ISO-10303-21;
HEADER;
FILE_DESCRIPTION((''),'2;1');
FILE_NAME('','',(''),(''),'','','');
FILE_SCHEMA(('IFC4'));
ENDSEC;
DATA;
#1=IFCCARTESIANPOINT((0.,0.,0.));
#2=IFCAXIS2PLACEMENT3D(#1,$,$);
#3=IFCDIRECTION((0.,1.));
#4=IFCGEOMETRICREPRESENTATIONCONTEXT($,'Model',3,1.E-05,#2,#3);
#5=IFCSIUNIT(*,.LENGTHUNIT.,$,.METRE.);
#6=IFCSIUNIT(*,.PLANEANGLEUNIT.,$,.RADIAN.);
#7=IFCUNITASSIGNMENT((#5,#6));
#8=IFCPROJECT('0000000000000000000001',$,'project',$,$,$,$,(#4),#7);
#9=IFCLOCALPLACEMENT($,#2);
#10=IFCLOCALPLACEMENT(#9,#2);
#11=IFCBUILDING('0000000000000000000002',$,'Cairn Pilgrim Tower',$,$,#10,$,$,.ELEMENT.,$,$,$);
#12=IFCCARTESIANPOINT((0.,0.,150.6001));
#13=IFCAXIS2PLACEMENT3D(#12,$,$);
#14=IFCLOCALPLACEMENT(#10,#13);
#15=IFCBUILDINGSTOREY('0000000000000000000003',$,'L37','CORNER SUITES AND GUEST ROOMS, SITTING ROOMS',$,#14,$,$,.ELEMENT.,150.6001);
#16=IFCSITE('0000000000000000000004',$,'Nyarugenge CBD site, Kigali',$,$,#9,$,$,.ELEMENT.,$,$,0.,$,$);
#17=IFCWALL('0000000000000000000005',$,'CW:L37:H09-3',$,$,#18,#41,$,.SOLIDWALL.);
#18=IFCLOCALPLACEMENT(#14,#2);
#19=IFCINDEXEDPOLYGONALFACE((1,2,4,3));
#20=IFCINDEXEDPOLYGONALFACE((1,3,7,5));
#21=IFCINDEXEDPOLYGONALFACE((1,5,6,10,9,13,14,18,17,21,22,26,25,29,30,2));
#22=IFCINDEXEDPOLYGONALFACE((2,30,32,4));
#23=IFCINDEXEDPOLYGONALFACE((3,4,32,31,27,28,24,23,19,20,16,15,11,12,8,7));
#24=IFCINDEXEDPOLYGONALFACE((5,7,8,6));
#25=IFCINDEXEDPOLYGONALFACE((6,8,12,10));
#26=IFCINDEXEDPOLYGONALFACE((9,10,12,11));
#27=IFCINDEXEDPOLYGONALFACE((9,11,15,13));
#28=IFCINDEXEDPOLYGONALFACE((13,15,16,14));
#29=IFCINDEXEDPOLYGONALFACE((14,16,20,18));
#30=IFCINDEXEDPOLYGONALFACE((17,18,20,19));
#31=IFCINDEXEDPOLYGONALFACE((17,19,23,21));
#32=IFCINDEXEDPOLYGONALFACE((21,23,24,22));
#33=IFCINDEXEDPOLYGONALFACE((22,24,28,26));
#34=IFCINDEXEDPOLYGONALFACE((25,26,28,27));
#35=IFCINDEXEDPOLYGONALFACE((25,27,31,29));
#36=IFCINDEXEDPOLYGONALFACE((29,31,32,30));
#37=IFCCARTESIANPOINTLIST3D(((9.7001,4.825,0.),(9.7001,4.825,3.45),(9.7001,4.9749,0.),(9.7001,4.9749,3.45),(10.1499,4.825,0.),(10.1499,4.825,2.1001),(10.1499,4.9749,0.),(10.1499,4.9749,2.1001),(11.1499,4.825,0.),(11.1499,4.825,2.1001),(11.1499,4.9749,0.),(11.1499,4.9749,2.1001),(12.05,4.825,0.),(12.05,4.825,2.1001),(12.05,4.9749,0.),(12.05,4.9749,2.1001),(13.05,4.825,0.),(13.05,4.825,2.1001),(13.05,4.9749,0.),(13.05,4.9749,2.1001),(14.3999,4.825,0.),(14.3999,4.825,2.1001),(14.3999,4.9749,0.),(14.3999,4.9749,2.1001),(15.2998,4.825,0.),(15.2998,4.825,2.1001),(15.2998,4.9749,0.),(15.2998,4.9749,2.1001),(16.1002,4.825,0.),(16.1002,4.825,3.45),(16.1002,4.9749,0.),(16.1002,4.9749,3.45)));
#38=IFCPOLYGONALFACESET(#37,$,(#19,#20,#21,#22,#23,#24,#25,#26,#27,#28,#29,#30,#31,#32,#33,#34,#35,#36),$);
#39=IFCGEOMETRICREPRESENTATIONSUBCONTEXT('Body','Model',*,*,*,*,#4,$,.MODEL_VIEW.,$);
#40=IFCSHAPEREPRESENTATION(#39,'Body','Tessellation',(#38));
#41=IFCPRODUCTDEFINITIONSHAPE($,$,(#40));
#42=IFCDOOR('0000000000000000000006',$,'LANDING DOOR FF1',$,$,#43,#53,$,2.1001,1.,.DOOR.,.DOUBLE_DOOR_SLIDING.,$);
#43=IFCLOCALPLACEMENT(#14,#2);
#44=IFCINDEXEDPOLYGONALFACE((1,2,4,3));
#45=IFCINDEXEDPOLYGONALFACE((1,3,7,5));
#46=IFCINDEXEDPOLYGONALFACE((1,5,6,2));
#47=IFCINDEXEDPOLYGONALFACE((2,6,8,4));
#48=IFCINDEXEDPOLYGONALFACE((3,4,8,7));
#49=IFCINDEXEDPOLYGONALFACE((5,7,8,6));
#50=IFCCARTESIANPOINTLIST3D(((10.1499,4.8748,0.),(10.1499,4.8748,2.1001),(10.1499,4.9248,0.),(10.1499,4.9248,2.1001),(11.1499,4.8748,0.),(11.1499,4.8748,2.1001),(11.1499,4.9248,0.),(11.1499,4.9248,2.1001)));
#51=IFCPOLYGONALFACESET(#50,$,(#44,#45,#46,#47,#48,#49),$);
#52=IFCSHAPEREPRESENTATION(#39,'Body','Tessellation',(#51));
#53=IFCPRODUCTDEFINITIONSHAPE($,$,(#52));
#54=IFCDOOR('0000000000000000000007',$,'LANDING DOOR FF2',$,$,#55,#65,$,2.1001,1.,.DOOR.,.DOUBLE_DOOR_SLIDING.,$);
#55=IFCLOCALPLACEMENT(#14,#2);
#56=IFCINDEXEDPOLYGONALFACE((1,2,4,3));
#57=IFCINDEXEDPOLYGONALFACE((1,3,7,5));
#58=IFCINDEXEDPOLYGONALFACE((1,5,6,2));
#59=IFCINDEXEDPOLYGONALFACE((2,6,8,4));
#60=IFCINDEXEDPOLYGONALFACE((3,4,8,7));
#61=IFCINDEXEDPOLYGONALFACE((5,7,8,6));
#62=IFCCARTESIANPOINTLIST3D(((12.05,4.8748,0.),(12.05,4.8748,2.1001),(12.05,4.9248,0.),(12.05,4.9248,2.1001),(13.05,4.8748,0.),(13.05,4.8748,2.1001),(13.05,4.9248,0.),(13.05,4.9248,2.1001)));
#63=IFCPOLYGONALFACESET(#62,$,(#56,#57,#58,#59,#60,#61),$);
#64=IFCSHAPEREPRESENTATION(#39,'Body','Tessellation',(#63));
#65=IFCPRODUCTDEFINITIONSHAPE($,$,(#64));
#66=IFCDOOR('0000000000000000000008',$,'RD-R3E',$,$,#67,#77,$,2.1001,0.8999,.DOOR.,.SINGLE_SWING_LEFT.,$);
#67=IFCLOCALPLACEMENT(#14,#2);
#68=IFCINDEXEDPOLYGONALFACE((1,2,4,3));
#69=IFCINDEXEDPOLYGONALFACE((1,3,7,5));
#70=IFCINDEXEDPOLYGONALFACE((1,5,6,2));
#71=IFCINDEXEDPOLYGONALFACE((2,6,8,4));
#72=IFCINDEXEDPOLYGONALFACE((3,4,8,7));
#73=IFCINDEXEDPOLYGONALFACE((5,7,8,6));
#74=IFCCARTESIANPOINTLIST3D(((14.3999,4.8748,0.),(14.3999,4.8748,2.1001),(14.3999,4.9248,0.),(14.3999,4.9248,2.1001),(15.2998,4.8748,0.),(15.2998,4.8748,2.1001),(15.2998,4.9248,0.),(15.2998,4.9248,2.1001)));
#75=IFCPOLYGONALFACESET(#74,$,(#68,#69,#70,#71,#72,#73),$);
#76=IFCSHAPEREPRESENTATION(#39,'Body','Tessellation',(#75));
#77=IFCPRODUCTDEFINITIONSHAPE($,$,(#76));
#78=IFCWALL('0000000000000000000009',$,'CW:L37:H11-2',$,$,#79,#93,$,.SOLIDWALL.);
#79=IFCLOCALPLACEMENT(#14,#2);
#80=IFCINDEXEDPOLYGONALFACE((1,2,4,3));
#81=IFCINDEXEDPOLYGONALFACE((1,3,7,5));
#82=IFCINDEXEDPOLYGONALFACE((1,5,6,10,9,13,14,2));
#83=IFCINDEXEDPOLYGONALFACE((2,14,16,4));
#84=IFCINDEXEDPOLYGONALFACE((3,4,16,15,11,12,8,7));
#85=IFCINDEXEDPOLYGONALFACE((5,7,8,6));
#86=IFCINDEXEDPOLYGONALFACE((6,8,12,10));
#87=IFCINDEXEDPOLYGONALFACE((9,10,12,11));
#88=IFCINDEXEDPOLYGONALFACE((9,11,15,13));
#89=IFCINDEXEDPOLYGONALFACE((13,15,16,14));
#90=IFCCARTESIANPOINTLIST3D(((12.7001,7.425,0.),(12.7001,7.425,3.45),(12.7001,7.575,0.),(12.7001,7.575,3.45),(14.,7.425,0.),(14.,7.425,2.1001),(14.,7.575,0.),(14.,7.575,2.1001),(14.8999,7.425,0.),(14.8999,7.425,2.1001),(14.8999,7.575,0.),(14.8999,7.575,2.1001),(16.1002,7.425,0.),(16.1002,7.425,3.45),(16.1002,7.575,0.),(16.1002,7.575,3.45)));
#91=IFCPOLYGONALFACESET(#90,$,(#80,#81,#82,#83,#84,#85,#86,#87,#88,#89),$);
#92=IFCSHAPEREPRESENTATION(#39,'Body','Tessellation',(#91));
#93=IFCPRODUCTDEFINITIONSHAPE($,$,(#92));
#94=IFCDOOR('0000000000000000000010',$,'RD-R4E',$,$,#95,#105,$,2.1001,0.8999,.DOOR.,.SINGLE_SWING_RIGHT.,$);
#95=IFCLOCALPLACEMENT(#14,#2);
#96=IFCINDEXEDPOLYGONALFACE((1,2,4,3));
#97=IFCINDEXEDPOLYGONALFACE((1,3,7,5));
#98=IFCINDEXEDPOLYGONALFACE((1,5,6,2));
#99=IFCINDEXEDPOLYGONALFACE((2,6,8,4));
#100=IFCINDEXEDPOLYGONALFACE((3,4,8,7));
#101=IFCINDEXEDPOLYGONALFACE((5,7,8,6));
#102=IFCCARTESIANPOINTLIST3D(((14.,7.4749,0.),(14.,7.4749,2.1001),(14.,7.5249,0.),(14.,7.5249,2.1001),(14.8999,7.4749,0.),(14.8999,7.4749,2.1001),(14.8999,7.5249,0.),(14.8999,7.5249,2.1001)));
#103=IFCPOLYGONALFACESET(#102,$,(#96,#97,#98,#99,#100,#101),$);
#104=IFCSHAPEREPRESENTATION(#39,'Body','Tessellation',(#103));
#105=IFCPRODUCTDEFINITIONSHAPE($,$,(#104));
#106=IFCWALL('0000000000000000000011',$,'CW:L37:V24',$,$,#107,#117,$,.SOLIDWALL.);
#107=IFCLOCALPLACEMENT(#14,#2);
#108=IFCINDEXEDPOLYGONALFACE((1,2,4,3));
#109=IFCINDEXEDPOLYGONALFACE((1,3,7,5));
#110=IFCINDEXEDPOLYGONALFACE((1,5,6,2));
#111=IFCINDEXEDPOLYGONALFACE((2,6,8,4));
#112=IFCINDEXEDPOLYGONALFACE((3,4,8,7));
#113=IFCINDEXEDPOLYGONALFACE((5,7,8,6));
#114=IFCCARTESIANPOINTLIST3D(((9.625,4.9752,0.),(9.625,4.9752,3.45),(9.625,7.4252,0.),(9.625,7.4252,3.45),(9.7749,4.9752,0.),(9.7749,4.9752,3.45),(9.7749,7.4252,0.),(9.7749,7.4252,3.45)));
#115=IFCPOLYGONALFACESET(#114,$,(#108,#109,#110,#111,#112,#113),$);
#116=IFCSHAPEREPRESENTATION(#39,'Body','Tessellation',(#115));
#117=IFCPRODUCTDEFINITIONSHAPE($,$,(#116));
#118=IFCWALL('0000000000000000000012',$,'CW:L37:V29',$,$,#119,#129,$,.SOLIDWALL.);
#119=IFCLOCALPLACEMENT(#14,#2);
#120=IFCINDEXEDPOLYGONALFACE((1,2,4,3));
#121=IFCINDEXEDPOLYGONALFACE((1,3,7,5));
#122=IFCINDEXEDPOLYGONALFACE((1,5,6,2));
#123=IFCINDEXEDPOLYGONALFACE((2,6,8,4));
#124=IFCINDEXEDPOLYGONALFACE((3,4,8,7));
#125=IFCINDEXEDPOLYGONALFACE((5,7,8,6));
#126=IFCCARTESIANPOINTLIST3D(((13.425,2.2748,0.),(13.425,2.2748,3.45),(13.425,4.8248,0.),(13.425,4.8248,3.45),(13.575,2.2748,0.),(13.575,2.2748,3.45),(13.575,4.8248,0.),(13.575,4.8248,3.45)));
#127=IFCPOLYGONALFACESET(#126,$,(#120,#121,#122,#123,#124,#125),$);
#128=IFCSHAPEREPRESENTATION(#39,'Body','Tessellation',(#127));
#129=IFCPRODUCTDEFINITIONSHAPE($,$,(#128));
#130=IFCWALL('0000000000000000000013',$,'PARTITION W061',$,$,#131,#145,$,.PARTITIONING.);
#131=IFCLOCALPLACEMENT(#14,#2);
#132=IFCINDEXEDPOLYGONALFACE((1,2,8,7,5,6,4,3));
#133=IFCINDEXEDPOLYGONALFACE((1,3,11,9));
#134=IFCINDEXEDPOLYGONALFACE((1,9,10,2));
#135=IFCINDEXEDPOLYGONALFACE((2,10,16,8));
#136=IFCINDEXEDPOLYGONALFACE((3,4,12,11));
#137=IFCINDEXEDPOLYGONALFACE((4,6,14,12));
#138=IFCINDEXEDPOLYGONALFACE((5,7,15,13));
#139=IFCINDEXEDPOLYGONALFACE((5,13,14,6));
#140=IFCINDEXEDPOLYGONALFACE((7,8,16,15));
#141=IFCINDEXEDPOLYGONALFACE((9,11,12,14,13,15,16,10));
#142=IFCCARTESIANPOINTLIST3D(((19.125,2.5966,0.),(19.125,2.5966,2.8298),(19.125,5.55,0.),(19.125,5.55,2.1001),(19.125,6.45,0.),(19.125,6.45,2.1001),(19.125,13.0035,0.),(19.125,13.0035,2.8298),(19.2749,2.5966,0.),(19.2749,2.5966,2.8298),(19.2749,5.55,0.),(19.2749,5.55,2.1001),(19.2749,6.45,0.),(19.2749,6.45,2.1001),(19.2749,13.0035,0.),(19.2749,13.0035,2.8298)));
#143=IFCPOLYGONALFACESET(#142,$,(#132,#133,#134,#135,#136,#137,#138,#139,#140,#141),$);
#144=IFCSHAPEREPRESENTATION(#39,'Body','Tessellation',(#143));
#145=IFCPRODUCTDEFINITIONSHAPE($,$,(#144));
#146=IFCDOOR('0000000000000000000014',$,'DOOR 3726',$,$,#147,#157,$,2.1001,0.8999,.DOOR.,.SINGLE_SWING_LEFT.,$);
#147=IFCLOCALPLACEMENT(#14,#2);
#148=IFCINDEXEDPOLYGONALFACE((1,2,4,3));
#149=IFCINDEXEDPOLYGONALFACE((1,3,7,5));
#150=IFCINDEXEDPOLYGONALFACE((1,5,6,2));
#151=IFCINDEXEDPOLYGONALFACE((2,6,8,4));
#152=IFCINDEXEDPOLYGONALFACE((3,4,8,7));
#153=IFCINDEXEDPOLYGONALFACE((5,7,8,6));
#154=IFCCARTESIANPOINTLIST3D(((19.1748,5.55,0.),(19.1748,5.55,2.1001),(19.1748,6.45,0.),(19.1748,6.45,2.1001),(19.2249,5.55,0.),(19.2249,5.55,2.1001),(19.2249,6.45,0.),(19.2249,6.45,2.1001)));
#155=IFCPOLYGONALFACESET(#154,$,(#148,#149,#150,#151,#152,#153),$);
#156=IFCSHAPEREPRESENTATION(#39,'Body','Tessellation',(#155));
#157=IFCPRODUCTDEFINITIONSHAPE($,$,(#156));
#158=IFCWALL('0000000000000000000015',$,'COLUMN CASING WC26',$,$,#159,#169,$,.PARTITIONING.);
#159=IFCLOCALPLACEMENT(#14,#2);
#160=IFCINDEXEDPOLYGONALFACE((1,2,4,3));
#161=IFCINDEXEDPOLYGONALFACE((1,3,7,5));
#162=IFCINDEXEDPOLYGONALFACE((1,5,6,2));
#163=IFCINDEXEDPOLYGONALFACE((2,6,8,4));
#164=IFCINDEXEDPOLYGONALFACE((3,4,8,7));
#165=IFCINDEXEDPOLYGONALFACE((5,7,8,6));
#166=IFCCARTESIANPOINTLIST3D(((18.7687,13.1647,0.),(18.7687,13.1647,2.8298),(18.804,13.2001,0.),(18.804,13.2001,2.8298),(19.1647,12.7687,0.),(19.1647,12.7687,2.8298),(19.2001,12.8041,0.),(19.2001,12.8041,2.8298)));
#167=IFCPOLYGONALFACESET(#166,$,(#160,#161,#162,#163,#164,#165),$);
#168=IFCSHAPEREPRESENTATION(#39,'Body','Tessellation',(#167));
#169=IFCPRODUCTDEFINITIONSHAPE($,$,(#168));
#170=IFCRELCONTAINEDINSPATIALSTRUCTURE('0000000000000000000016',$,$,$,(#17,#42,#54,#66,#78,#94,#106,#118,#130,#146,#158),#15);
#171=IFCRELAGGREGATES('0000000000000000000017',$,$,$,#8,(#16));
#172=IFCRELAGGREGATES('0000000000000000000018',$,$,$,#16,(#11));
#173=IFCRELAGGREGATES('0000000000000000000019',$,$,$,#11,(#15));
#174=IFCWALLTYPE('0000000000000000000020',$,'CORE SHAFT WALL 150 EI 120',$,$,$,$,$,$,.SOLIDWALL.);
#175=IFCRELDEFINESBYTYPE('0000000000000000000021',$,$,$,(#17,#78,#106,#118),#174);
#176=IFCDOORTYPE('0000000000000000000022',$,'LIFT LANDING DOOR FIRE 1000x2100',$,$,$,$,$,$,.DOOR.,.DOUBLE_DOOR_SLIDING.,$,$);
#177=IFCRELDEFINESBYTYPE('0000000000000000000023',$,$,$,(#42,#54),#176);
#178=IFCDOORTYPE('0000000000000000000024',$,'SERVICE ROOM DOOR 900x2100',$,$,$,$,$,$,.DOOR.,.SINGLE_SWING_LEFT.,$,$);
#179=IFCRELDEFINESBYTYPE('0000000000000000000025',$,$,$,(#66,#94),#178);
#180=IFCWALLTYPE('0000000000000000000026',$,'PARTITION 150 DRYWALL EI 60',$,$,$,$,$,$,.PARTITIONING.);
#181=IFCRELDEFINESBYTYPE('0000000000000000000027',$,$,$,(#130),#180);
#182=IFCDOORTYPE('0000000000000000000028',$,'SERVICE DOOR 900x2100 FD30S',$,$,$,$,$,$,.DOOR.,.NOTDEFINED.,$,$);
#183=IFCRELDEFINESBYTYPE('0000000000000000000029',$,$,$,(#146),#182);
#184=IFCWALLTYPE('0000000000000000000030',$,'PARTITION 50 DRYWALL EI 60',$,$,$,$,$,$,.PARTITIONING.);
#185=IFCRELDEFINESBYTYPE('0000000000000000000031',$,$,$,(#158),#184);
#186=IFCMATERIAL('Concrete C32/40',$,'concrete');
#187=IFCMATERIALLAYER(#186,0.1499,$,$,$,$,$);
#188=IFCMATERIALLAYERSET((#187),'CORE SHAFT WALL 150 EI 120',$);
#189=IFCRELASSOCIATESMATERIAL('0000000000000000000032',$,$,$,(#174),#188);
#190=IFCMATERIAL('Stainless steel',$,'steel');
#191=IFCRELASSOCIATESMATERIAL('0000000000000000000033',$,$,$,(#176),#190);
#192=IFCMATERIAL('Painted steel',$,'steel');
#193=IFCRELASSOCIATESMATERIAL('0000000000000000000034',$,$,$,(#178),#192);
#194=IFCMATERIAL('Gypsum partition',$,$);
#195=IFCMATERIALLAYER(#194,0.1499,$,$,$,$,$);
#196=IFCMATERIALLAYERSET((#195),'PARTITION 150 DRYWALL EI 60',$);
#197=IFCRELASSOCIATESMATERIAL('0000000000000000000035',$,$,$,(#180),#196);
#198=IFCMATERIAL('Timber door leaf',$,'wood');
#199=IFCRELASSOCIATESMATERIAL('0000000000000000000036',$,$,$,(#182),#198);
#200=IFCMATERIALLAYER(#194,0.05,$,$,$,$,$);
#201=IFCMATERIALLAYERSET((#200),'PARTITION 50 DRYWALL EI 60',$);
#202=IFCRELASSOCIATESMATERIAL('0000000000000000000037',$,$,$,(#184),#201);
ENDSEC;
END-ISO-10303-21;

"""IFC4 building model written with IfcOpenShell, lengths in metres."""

from ifc_helpers import new_model, si_unit, direction, frame, frame_2d, origin, place, context, subcontext, project, spatial, rectangle, extrude, material, layer, layer_set, type_object, element, fill, save


model = new_model("IFC4")

# Units and contexts
model_context = context("Model", 3, precision=1e-05, world=origin(), true_north=direction((0.0, 1.0)))
body_context = subcontext(model_context, "Body", "Model", "MODEL_VIEW")
ifc_project = project(units=[si_unit("LENGTHUNIT", "METRE"), si_unit("PLANEANGLEUNIT", "RADIAN")], contexts=[model_context])

# Site, building, storey
site_placement = place(None, origin())
site = spatial("IfcSite", under=ifc_project, at=site_placement, Name="Nyarugenge CBD site, Kigali", CompositionType="ELEMENT", RefElevation=0.0)
building_placement = place(site_placement, origin())
building = spatial("IfcBuilding", under=site, at=building_placement, Name="Cairn Pilgrim Tower", CompositionType="ELEMENT")
storey_placement = place(building_placement, frame((0.0, 0.0, 150.6001)))
storey = spatial("IfcBuildingStorey", under=building, at=storey_placement, Name="L37", Description="CORNER SUITES AND GUEST ROOMS, SITTING ROOMS", CompositionType="ELEMENT", Elevation=150.6001)

# Shared definitions
ifc_material_1 = material(Name="Concrete C32/40", Category="concrete")

# Wall, openings, doors
ifc_layer_1 = layer(ifc_material_1, 0.1499)
ifc_layer_set_1 = layer_set([ifc_layer_1], Name="CORE SHAFT WALL 150 EI 120")
wall_type_1 = type_object("IfcWallType", Name="CORE SHAFT WALL 150 EI 120", PredefinedType="SOLIDWALL", material=ifc_layer_set_1)
wall_1_placement = place(storey_placement, frame((9.7, 4.8999, 0.0), z_axis=(0.0, 0.0, 1.0), x_axis=(1.0, 0.0, 0.0)))
wall_1 = element("IfcWall", 1, at=wall_1_placement, inside=storey, type_object=wall_type_1, Name="CW:L37:H09-3", PredefinedType="SOLIDWALL", context=body_context, shape_type="SweptSolid", body=[
    extrude(rectangle(XDim=6.4001, YDim=0.1499, at=frame_2d((3.2002, 0.0))), origin(), (0.0, 0.0, 1.0), 3.45),
])
opening_1_placement = place(wall_1_placement, frame((0.45, 0.0, 0.0)))
opening_1 = element("IfcOpeningElement", 2, at=opening_1_placement, cuts=wall_1, PredefinedType="OPENING", context=body_context, shape_type="SweptSolid", body=[
    extrude(rectangle(XDim=1.0, YDim=2.1001, at=frame_2d((0.5, 1.05))), frame((0.0, 0.085, 0.0), z_axis=(0.0, -1.0, 0.0), x_axis=(1.0, 0.0, 0.0)), (0.0, 0.0, 1.0), 0.1699),
])
opening_2_placement = place(wall_1_placement, frame((2.3501, 0.0, 0.0)))
opening_2 = element("IfcOpeningElement", 3, at=opening_2_placement, cuts=wall_1, PredefinedType="OPENING", context=body_context, shape_type="SweptSolid", body=[
    extrude(rectangle(XDim=1.0, YDim=2.1001, at=frame_2d((0.5, 1.05))), frame((0.0, 0.085, 0.0), z_axis=(0.0, -1.0, 0.0), x_axis=(1.0, 0.0, 0.0)), (0.0, 0.0, 1.0), 0.1699),
])
opening_3_placement = place(wall_1_placement, frame((4.7, 0.0, 0.0)))
opening_3 = element("IfcOpeningElement", 4, at=opening_3_placement, cuts=wall_1, PredefinedType="OPENING", context=body_context, shape_type="SweptSolid", body=[
    extrude(rectangle(XDim=0.8999, YDim=2.1001, at=frame_2d((0.45, 1.05))), frame((0.0, 0.085, 0.0), z_axis=(0.0, -1.0, 0.0), x_axis=(1.0, 0.0, 0.0)), (0.0, 0.0, 1.0), 0.1699),
])
ifc_material_2 = material(Name="Stainless steel", Category="steel")
door_type_1 = type_object("IfcDoorType", Name="LIFT LANDING DOOR FIRE 1000x2100", OperationType="DOUBLE_DOOR_SLIDING", PredefinedType="DOOR", material=ifc_material_2)
door_1_placement = place(opening_1_placement, origin())
door_1 = element("IfcDoor", 5, at=door_1_placement, inside=storey, type_object=door_type_1, Name="LANDING DOOR FF1", OperationType="DOUBLE_DOOR_SLIDING", OverallHeight=2.1001, OverallWidth=1.0, PredefinedType="DOOR", context=body_context, shape_type="SweptSolid", body=[
    extrude(rectangle(XDim=1.0, YDim=2.1001, at=frame_2d((0.5, 1.05))), frame((0.0, 0.0249, 0.0), z_axis=(0.0, -1.0, 0.0), x_axis=(1.0, 0.0, 0.0)), (0.0, 0.0, 1.0), 0.05),
])
fill(opening_1, door_1)
door_2_placement = place(opening_2_placement, origin())
door_2 = element("IfcDoor", 6, at=door_2_placement, inside=storey, type_object=door_type_1, Name="LANDING DOOR FF2", OperationType="DOUBLE_DOOR_SLIDING", OverallHeight=2.1001, OverallWidth=1.0, PredefinedType="DOOR", context=body_context, shape_type="SweptSolid", body=[
    extrude(rectangle(XDim=1.0, YDim=2.1001, at=frame_2d((0.5, 1.05))), frame((0.0, 0.0249, 0.0), z_axis=(0.0, -1.0, 0.0), x_axis=(1.0, 0.0, 0.0)), (0.0, 0.0, 1.0), 0.05),
])
fill(opening_2, door_2)
ifc_material_3 = material(Name="Painted steel", Category="steel")
door_type_2 = type_object("IfcDoorType", Name="SERVICE ROOM DOOR 900x2100", OperationType="SINGLE_SWING_LEFT", PredefinedType="DOOR", material=ifc_material_3)
door_3_placement = place(opening_3_placement, origin())
door_3 = element("IfcDoor", 7, at=door_3_placement, inside=storey, type_object=door_type_2, Name="RD-R3E", OperationType="SINGLE_SWING_LEFT", OverallHeight=2.1001, OverallWidth=0.8999, PredefinedType="DOOR", context=body_context, shape_type="SweptSolid", body=[
    extrude(rectangle(XDim=0.8999, YDim=2.1001, at=frame_2d((0.45, 1.05))), frame((0.0, 0.0249, 0.0), z_axis=(0.0, -1.0, 0.0), x_axis=(1.0, 0.0, 0.0)), (0.0, 0.0, 1.0), 0.05),
])
fill(opening_3, door_3)

# Wall, opening, door
wall_2_placement = place(storey_placement, frame((12.7, 7.5, 0.0), z_axis=(0.0, 0.0, 1.0), x_axis=(1.0, 0.0, 0.0)))
wall_2 = element("IfcWall", 8, at=wall_2_placement, inside=storey, type_object=wall_type_1, Name="CW:L37:H11-2", PredefinedType="SOLIDWALL", context=body_context, shape_type="SweptSolid", body=[
    extrude(rectangle(XDim=3.4001, YDim=0.1499, at=frame_2d((1.7002, 0.0))), origin(), (0.0, 0.0, 1.0), 3.45),
])
opening_4_placement = place(wall_2_placement, frame((1.3, 0.0, 0.0)))
opening_4 = element("IfcOpeningElement", 9, at=opening_4_placement, cuts=wall_2, PredefinedType="OPENING", context=body_context, shape_type="SweptSolid", body=[
    extrude(rectangle(XDim=0.8999, YDim=2.1001, at=frame_2d((0.45, 1.05))), frame((0.0, 0.085, 0.0), z_axis=(0.0, -1.0, 0.0), x_axis=(1.0, 0.0, 0.0)), (0.0, 0.0, 1.0), 0.1699),
])
door_4_placement = place(opening_4_placement, origin())
door_4 = element("IfcDoor", 10, at=door_4_placement, inside=storey, type_object=door_type_2, Name="RD-R4E", OperationType="SINGLE_SWING_RIGHT", OverallHeight=2.1001, OverallWidth=0.8999, PredefinedType="DOOR", context=body_context, shape_type="SweptSolid", body=[
    extrude(rectangle(XDim=0.8999, YDim=2.1001, at=frame_2d((0.45, 1.05))), frame((0.0, 0.0249, 0.0), z_axis=(0.0, -1.0, 0.0), x_axis=(1.0, 0.0, 0.0)), (0.0, 0.0, 1.0), 0.05),
])
fill(opening_4, door_4)

# Walls
wall_3_placement = place(storey_placement, frame((9.7, 4.9751, 0.0), z_axis=(0.0, 0.0, 1.0), x_axis=(0.0, 1.0, 0.0)))
element("IfcWall", 11, at=wall_3_placement, inside=storey, type_object=wall_type_1, Name="CW:L37:V24", PredefinedType="SOLIDWALL", context=body_context, shape_type="SweptSolid", body=[
    extrude(rectangle(XDim=2.45, YDim=0.1499, at=frame_2d((1.2251, 0.0))), origin(), (0.0, 0.0, 1.0), 3.45),
])
wall_4_placement = place(storey_placement, frame((13.5, 2.2749, 0.0), z_axis=(0.0, 0.0, 1.0), x_axis=(0.0, 1.0, 0.0)))
element("IfcWall", 12, at=wall_4_placement, inside=storey, type_object=wall_type_1, Name="CW:L37:V29", PredefinedType="SOLIDWALL", context=body_context, shape_type="SweptSolid", body=[
    extrude(rectangle(XDim=2.55, YDim=0.1499, at=frame_2d((1.2749, 0.0))), origin(), (0.0, 0.0, 1.0), 3.45),
])

# Wall, opening, door
ifc_material_4 = material(Name="Gypsum partition")
ifc_layer_2 = layer(ifc_material_4, 0.1499)
ifc_layer_set_2 = layer_set([ifc_layer_2], Name="PARTITION 150 DRYWALL EI 60")
wall_type_2 = type_object("IfcWallType", Name="PARTITION 150 DRYWALL EI 60", PredefinedType="PARTITIONING", material=ifc_layer_set_2)
wall_5_placement = place(storey_placement, frame((19.2, 2.5964, 0.0), z_axis=(0.0, 0.0, 1.0), x_axis=(0.0, 1.0, 0.0)))
wall_5 = element("IfcWall", 13, at=wall_5_placement, inside=storey, type_object=wall_type_2, Name="PARTITION W061", PredefinedType="PARTITIONING", context=body_context, shape_type="SweptSolid", body=[
    extrude(rectangle(XDim=10.407, YDim=0.1499, at=frame_2d((5.2036, 0.0))), origin(), (0.0, 0.0, 1.0), 2.8298),
])
opening_5_placement = place(wall_5_placement, frame((2.9536, 0.0, 0.0)))
opening_5 = element("IfcOpeningElement", 14, at=opening_5_placement, cuts=wall_5, PredefinedType="OPENING", context=body_context, shape_type="SweptSolid", body=[
    extrude(rectangle(XDim=0.8999, YDim=2.1001, at=frame_2d((0.45, 1.05))), frame((0.0, 0.085, 0.0), z_axis=(0.0, -1.0, 0.0), x_axis=(1.0, 0.0, 0.0)), (0.0, 0.0, 1.0), 0.1699),
])
ifc_material_5 = material(Name="Timber door leaf", Category="wood")
door_type_3 = type_object("IfcDoorType", Name="SERVICE DOOR 900x2100 FD30S", OperationType="NOTDEFINED", PredefinedType="DOOR", material=ifc_material_5)
door_5_placement = place(opening_5_placement, frame((0.8999, 0.0, 0.0), z_axis=(0.0, 0.0, 1.0), x_axis=(-1.0, 0.0, 0.0)))
door_5 = element("IfcDoor", 15, at=door_5_placement, inside=storey, type_object=door_type_3, Name="DOOR 3726", OperationType="SINGLE_SWING_LEFT", OverallHeight=2.1001, OverallWidth=0.8999, PredefinedType="DOOR", context=body_context, shape_type="SweptSolid", body=[
    extrude(rectangle(XDim=0.8999, YDim=2.1001, at=frame_2d((0.45, 1.05))), frame((0.0, 0.0249, 0.0), z_axis=(0.0, -1.0, 0.0), x_axis=(1.0, 0.0, 0.0)), (0.0, 0.0, 1.0), 0.05),
])
fill(opening_5, door_5)

# Wall
ifc_layer_3 = layer(ifc_material_4, 0.05)
ifc_layer_set_3 = layer_set([ifc_layer_3], Name="PARTITION 50 DRYWALL EI 60")
wall_type_3 = type_object("IfcWallType", Name="PARTITION 50 DRYWALL EI 60", PredefinedType="PARTITIONING", material=ifc_layer_set_3)
wall_6_placement = place(storey_placement, frame((19.1824, 12.7864, 0.0), z_axis=(0.0, 0.0, 1.0), x_axis=(-0.707107, 0.707107, 0.0)))
element("IfcWall", 16, at=wall_6_placement, inside=storey, type_object=wall_type_3, Name="COLUMN CASING WC26", PredefinedType="PARTITIONING", context=body_context, shape_type="SweptSolid", body=[
    extrude(rectangle(XDim=0.5601, YDim=0.05, at=frame_2d((0.28, 0.0))), origin(), (0.0, 0.0, 1.0), 2.8298),
])

save(model, "model.ifc")
